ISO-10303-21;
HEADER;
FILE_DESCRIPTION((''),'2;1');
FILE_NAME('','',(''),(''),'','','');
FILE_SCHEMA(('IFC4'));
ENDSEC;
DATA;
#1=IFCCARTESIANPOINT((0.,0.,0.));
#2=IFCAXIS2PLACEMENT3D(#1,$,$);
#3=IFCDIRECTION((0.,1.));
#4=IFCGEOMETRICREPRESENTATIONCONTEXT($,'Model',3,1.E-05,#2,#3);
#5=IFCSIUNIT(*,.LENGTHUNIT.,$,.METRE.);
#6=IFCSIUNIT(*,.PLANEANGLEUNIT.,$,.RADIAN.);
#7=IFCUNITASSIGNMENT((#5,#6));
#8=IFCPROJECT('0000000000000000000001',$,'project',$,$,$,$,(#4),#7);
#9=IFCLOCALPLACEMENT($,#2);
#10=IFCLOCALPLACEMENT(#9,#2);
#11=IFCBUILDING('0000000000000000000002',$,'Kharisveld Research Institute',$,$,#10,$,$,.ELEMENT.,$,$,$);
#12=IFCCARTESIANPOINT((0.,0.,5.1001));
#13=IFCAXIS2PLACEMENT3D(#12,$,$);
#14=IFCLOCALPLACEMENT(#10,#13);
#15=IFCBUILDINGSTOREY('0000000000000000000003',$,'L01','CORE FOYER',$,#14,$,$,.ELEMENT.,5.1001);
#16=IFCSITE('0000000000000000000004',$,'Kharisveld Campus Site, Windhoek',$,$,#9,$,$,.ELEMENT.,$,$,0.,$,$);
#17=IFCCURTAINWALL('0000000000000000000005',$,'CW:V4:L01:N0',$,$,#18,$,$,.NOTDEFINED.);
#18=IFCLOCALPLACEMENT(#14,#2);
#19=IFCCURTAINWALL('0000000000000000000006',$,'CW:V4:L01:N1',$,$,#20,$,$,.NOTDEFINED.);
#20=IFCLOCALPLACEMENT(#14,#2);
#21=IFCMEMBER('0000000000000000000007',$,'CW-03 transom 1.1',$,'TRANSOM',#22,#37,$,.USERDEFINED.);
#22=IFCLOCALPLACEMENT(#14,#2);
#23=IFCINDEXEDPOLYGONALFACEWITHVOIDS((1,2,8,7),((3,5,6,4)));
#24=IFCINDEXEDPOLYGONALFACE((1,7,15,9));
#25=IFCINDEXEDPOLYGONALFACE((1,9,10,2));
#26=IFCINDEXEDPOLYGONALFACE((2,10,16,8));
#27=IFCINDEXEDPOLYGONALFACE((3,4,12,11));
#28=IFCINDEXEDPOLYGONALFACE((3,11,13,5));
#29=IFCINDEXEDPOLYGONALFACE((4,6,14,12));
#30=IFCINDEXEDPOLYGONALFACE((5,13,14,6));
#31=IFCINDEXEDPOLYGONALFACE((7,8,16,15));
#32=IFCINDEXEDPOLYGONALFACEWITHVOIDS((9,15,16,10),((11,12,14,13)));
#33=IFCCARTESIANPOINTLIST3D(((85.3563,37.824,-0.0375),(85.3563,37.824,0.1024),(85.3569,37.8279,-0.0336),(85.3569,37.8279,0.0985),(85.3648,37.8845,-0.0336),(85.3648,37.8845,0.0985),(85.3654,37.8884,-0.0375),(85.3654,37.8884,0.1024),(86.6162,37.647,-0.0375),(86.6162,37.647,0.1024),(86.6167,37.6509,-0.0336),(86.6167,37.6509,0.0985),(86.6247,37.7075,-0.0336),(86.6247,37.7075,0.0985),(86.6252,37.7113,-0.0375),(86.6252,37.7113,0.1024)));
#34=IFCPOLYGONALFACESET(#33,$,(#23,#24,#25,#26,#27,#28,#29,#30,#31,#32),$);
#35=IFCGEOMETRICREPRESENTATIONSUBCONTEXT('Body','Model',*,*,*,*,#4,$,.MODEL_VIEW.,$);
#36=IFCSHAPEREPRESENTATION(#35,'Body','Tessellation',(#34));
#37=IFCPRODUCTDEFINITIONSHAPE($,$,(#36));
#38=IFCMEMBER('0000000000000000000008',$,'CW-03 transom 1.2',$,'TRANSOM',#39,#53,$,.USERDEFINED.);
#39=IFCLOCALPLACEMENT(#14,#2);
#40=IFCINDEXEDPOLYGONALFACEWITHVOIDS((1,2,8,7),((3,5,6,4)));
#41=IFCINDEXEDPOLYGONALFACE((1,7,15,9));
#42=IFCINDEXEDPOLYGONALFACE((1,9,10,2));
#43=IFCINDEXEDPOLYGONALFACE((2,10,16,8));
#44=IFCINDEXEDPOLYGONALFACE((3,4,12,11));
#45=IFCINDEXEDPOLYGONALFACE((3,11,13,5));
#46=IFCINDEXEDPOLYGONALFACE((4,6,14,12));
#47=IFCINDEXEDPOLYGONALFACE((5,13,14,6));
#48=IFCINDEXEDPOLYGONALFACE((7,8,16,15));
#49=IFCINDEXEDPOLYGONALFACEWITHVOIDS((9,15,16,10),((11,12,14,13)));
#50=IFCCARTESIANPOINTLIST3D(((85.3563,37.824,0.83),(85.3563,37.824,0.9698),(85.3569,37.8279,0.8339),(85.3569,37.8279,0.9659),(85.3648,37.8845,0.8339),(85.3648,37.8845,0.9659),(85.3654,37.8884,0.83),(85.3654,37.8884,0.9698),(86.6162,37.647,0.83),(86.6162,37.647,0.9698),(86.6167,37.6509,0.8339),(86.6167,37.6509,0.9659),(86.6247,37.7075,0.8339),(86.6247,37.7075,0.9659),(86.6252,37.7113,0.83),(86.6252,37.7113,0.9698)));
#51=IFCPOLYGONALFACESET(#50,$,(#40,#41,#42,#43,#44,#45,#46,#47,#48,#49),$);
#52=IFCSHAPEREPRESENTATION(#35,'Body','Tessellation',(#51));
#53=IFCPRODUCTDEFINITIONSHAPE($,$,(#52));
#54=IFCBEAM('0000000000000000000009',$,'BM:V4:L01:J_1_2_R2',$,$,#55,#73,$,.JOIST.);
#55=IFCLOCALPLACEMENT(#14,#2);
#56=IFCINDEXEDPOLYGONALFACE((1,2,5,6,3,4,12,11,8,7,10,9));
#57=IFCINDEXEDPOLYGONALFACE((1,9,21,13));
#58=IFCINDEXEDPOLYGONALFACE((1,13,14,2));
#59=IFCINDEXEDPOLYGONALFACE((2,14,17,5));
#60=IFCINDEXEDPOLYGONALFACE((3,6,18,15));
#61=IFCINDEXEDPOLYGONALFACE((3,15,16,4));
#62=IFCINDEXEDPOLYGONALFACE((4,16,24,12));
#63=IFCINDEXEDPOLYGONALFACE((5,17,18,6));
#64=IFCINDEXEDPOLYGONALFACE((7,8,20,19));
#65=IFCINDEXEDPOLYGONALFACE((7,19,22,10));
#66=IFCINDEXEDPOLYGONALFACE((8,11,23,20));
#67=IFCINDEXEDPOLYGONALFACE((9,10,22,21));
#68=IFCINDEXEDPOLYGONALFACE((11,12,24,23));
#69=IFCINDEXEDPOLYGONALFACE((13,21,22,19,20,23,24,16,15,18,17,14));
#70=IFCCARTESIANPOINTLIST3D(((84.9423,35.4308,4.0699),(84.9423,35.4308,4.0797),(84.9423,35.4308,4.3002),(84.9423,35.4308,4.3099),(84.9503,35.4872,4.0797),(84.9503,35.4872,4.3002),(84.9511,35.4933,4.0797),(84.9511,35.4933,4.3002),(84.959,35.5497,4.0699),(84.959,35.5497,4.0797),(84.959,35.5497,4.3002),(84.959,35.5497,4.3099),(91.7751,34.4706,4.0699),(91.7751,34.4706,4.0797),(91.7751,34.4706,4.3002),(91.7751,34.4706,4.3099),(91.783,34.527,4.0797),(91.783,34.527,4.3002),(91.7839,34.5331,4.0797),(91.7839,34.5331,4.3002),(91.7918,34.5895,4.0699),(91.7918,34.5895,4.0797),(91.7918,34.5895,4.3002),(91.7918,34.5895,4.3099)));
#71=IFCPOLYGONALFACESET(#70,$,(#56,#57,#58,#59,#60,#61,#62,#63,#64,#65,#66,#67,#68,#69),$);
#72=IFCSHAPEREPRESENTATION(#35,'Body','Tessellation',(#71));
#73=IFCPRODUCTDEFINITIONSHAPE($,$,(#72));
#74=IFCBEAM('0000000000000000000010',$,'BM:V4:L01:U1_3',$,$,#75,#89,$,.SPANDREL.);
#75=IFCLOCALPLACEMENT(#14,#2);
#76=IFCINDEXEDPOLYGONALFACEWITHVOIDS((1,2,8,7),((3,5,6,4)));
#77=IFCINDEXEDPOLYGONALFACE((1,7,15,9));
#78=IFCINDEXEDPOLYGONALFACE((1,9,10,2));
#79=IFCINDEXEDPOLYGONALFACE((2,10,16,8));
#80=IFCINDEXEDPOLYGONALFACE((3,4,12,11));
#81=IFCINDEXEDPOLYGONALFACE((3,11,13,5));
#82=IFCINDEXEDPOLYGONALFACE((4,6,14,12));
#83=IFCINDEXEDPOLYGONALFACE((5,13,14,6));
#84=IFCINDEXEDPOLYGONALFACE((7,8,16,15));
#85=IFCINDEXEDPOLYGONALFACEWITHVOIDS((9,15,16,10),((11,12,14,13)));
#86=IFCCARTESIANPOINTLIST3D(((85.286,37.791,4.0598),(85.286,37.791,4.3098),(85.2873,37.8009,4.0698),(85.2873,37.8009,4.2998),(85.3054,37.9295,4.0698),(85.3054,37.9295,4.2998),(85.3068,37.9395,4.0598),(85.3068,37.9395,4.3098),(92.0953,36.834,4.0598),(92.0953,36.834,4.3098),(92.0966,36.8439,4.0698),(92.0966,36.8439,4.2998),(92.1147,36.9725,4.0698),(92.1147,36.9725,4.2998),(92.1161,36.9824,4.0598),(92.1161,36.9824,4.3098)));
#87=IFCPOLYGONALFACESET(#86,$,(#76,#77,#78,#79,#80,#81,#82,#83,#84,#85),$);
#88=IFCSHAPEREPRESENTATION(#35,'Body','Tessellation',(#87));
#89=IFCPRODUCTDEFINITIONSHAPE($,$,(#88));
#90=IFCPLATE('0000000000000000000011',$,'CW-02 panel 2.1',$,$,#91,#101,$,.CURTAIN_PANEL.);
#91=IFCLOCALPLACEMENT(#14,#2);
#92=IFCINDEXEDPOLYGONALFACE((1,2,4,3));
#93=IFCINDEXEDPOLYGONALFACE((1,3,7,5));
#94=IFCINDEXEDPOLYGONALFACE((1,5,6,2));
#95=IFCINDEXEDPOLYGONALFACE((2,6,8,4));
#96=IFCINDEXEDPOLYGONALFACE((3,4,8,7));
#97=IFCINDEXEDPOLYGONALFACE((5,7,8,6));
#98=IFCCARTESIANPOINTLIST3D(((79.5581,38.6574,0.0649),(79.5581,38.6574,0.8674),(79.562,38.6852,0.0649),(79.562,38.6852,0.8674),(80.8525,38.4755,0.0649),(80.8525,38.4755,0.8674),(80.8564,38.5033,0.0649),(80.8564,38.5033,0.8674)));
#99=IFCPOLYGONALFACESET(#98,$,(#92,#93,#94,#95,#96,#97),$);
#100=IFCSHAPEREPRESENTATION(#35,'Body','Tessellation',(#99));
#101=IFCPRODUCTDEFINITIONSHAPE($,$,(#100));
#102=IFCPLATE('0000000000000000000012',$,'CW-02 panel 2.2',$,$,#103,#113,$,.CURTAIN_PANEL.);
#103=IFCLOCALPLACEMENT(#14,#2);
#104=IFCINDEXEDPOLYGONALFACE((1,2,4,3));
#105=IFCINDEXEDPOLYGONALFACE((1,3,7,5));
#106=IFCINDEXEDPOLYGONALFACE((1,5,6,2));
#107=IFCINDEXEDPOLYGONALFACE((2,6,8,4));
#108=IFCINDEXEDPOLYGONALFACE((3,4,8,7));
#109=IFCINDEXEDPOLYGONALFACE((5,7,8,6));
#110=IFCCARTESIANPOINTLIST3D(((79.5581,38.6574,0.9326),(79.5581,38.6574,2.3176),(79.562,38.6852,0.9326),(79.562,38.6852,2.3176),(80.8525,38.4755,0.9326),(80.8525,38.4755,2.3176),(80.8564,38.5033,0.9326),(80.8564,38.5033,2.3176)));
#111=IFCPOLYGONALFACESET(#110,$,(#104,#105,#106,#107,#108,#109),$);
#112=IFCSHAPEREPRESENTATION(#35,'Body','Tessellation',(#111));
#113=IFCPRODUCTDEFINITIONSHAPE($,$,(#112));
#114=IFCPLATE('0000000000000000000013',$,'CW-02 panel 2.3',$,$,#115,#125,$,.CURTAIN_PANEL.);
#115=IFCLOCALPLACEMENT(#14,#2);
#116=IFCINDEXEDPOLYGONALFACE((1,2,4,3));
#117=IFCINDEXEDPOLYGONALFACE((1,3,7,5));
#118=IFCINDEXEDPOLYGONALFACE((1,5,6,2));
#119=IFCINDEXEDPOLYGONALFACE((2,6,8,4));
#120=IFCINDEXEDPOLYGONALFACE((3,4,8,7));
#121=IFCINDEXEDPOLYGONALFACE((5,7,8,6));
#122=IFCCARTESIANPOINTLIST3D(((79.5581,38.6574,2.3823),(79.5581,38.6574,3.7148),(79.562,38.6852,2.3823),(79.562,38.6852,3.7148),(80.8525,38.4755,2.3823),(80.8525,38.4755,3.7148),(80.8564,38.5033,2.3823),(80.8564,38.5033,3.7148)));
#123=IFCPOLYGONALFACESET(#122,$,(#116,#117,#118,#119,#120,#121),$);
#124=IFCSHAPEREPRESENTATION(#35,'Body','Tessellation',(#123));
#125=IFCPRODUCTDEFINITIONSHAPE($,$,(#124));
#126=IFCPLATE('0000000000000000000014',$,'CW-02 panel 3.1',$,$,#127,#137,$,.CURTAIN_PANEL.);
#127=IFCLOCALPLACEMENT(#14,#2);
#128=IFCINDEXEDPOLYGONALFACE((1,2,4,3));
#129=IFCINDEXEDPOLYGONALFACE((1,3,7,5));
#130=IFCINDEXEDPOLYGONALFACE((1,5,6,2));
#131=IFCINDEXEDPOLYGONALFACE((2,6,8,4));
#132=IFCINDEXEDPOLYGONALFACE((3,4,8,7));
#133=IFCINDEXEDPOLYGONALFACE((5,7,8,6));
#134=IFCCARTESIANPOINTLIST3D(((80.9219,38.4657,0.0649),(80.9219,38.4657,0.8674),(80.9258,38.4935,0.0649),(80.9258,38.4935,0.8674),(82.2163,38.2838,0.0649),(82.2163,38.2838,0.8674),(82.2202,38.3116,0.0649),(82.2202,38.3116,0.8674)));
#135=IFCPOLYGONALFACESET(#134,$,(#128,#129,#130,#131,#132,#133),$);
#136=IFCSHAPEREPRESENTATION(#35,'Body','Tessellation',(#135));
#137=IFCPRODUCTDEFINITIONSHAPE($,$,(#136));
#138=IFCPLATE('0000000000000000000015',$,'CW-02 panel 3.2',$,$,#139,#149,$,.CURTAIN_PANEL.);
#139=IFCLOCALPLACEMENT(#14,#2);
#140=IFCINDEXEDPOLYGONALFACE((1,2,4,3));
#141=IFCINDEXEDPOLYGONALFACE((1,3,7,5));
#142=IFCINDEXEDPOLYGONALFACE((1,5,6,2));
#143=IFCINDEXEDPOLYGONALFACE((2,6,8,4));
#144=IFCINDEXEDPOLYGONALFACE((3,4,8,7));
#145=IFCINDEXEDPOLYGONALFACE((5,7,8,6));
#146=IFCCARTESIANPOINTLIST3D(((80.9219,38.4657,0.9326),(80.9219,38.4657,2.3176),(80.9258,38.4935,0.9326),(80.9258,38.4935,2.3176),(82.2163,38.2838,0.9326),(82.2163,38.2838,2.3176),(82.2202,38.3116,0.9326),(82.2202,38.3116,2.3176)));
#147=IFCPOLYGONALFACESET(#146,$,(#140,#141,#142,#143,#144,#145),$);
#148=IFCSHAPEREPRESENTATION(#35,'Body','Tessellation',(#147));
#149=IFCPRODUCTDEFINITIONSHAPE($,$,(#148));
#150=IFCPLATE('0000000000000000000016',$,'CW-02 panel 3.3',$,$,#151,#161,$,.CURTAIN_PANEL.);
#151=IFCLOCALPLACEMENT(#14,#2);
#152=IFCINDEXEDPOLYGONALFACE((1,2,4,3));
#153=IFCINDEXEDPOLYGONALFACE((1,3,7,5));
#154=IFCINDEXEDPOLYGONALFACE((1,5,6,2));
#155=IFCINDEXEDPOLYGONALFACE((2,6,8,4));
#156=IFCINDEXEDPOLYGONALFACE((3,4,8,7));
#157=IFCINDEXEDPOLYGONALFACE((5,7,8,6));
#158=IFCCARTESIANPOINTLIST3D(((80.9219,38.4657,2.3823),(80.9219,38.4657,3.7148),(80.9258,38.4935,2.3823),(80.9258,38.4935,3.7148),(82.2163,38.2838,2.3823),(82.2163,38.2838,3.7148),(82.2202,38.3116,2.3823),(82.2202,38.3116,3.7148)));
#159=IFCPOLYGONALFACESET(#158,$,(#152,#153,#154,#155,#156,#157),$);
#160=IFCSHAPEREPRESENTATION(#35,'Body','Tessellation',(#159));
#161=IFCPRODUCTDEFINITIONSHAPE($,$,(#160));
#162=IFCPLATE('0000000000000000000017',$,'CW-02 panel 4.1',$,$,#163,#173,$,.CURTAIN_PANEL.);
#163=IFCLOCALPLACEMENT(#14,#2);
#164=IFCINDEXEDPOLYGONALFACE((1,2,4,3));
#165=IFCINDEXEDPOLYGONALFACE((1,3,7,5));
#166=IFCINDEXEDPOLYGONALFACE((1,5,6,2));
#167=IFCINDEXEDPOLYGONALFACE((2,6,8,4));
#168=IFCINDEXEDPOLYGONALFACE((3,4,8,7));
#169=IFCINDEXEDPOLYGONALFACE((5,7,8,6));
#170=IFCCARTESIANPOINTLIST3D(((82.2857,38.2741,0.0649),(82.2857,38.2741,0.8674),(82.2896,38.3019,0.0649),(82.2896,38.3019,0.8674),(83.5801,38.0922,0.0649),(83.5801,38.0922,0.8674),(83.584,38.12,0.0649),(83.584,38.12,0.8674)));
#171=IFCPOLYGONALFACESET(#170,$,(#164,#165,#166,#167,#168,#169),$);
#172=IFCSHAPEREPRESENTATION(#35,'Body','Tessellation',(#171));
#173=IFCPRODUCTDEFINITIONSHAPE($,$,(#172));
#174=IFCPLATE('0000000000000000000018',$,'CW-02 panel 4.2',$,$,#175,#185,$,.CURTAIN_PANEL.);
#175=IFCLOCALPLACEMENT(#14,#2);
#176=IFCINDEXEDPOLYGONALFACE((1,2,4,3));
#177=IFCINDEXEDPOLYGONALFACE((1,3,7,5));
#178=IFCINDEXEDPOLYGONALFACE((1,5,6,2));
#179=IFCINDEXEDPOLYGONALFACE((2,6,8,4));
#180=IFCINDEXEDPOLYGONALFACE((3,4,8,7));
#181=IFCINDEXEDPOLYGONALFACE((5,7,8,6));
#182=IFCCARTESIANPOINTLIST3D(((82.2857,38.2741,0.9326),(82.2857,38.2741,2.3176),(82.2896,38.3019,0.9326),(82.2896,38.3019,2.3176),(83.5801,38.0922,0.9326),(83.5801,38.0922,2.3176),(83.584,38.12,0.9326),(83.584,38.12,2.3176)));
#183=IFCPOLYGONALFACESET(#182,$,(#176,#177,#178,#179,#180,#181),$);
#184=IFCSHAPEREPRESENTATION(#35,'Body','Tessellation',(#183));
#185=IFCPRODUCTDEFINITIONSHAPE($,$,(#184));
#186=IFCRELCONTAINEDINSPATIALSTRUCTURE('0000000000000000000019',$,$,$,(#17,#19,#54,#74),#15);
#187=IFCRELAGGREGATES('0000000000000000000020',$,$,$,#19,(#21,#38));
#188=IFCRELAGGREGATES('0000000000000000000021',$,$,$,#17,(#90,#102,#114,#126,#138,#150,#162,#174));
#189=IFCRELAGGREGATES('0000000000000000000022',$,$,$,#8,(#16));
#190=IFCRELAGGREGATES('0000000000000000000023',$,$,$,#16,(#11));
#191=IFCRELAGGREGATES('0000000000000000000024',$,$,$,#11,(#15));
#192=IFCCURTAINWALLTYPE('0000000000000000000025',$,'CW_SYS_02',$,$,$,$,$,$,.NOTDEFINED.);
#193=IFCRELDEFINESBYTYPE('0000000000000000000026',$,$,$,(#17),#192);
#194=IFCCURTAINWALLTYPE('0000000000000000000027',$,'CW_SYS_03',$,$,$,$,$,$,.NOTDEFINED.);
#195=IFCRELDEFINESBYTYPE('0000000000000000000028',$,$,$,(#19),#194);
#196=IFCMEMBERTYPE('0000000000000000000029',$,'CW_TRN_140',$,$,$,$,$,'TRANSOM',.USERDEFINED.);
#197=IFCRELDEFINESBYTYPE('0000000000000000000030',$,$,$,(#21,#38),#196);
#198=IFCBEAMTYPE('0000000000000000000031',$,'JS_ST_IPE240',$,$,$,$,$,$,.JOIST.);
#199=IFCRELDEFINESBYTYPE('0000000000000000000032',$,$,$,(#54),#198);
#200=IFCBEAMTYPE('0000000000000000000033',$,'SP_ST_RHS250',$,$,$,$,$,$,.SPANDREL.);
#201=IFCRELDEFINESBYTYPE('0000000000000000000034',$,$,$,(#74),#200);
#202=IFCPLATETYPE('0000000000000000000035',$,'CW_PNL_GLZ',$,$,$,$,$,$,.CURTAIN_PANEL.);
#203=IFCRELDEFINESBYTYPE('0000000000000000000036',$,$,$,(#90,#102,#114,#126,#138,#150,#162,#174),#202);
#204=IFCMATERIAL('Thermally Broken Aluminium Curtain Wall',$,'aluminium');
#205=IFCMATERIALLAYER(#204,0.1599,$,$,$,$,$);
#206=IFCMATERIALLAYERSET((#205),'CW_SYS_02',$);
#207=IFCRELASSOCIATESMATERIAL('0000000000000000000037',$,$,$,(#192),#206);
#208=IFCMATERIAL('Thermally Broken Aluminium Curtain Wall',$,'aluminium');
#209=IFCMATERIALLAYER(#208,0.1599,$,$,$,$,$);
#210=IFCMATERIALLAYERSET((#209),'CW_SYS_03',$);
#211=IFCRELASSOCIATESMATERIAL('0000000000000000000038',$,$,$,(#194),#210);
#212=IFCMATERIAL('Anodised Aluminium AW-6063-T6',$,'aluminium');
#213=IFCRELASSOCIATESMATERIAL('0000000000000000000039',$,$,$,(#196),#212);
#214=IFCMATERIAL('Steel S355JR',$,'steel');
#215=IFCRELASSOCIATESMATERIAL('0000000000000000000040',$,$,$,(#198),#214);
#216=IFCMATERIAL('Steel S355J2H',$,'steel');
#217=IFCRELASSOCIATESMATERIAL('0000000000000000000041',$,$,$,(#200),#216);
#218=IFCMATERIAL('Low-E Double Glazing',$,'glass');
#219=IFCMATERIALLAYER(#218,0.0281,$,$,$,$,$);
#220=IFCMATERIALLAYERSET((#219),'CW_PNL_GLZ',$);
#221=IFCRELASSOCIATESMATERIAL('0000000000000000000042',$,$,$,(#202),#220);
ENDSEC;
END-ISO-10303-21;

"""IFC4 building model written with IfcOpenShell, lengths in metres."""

from ifc_helpers import new_model, si_unit, direction, frame, origin, origin_2d, place, context, subcontext, project, spatial, rectangle, hollow_rectangle, i_section, extrude, material, layer, layer_set, material_profile, profile_set, type_object, element, aggregate, save


model = new_model("IFC4")

# Units and contexts
model_context = context("Model", 3, precision=1e-05, world=origin(), true_north=direction((0.0, 1.0)))
body_context = subcontext(model_context, "Body", "Model", "MODEL_VIEW")
ifc_project = project(units=[si_unit("LENGTHUNIT", "METRE"), si_unit("PLANEANGLEUNIT", "RADIAN")], contexts=[model_context])

# Site, building, storey
site_placement = place(None, origin())
site = spatial("IfcSite", under=ifc_project, at=site_placement, Name="Kharisveld Campus Site, Windhoek", CompositionType="ELEMENT", RefElevation=0.0)
building_placement = place(site_placement, origin())
building = spatial("IfcBuilding", under=site, at=building_placement, Name="Kharisveld Research Institute", CompositionType="ELEMENT")
storey_placement = place(building_placement, frame((0.0, 0.0, 5.1001)))
storey = spatial("IfcBuildingStorey", under=building, at=storey_placement, Name="L01", Description="CORE FOYER", CompositionType="ELEMENT", Elevation=5.1001)

# Curtain wall
ifc_material_1 = material(Name="Thermally Broken Aluminium Curtain Wall", Category="aluminium")
ifc_layer_1 = layer(ifc_material_1, 0.1599)
ifc_layer_set_1 = layer_set([ifc_layer_1], Name="CW_SYS_02")
curtain_wall_type_1 = type_object("IfcCurtainWallType", Name="CW_SYS_02", PredefinedType="NOTDEFINED", material=ifc_layer_set_1)
curtain_wall_1_placement = place(storey_placement, origin())
curtain_wall_1 = element("IfcCurtainWall", 1, at=curtain_wall_1_placement, inside=storey, type_object=curtain_wall_type_1, Name="CW:V4:L01:N0", PredefinedType="NOTDEFINED")

# Curtain wall
ifc_material_2 = material(Name="Thermally Broken Aluminium Curtain Wall", Category="aluminium")
ifc_layer_2 = layer(ifc_material_2, 0.1599)
ifc_layer_set_2 = layer_set([ifc_layer_2], Name="CW_SYS_03")
curtain_wall_type_2 = type_object("IfcCurtainWallType", Name="CW_SYS_03", PredefinedType="NOTDEFINED", material=ifc_layer_set_2)
curtain_wall_2_placement = place(storey_placement, origin())
curtain_wall_2 = element("IfcCurtainWall", 2, at=curtain_wall_2_placement, inside=storey, type_object=curtain_wall_type_2, Name="CW:V4:L01:N1", PredefinedType="NOTDEFINED")

# Members
ifc_material_3 = material(Name="Anodised Aluminium AW-6063-T6", Category="aluminium")
ifc_material_profile_1 = material_profile(ifc_material_3, hollow_rectangle(XDim=0.0649, YDim=0.1399, WallThickness=0.0039, at=origin_2d()))
ifc_profile_set_1 = profile_set([ifc_material_profile_1], Name="Anodised Aluminium AW-6063-T6")
member_type_1 = type_object("IfcMemberType", Name="CW_TRN_140", ElementType="TRANSOM", PredefinedType="USERDEFINED", material=ifc_profile_set_1)
member_1_placement = place(storey_placement, frame((85.3608, 37.8562, 0.0325), z_axis=(0.990273, -0.139137, 0.0), x_axis=(0.139137, 0.990273, 0.0)))
member_1 = element("IfcMember", 3, at=member_1_placement, type_object=member_type_1, Name="CW-03 transom 1.1", ObjectType="TRANSOM", PredefinedType="USERDEFINED", context=body_context, shape_type="SweptSolid", body=[
    extrude(hollow_rectangle(XDim=0.0649, YDim=0.1399, WallThickness=0.0039, at=origin_2d()), origin(), (0.0, 0.0, 1.0), 1.2722),
])
member_2_placement = place(storey_placement, frame((85.3608, 37.8562, 0.8999), z_axis=(0.990273, -0.139137, 0.0), x_axis=(0.139137, 0.990273, 0.0)))
member_2 = element("IfcMember", 4, at=member_2_placement, type_object=member_type_1, Name="CW-03 transom 1.2", ObjectType="TRANSOM", PredefinedType="USERDEFINED", context=body_context, shape_type="SweptSolid", body=[
    extrude(hollow_rectangle(XDim=0.0649, YDim=0.1399, WallThickness=0.0039, at=origin_2d()), origin(), (0.0, 0.0, 1.0), 1.2722),
])
aggregate(curtain_wall_2, [member_1, member_2])

# Beams
ifc_material_4 = material(Name="Steel S355JR", Category="steel")
ifc_material_profile_2 = material_profile(ifc_material_4, i_section(OverallWidth=0.1201, OverallDepth=0.24, WebThickness=0.0061, FlangeThickness=0.0098, at=origin_2d()))
ifc_profile_set_2 = profile_set([ifc_material_profile_2], Name="Steel S355JR")
beam_type_1 = type_object("IfcBeamType", Name="JS_ST_IPE240", PredefinedType="JOIST", material=ifc_profile_set_2)
beam_1_placement = place(storey_placement, frame((84.9507, 35.4902, 4.1899), z_axis=(0.99027, -0.139162, 0.0), x_axis=(0.139162, 0.99027, 0.0)))
element("IfcBeam", 5, at=beam_1_placement, inside=storey, type_object=beam_type_1, Name="BM:V4:L01:J_1_2_R2", PredefinedType="JOIST", context=body_context, shape_type="SweptSolid", body=[
    extrude(i_section(OverallWidth=0.1201, OverallDepth=0.24, WebThickness=0.0061, FlangeThickness=0.0098, at=origin_2d()), origin(), (0.0, 0.0, 1.0), 6.8999),
])
ifc_material_5 = material(Name="Steel S355J2H", Category="steel")
ifc_material_profile_3 = material_profile(ifc_material_5, hollow_rectangle(XDim=0.1499, YDim=0.25, WallThickness=0.01, at=origin_2d()))
ifc_profile_set_3 = profile_set([ifc_material_profile_3], Name="Steel S355J2H")
beam_type_2 = type_object("IfcBeamType", Name="SP_ST_RHS250", PredefinedType="SPANDREL", material=ifc_profile_set_3)
beam_2_placement = place(storey_placement, frame((85.2964, 37.8652, 4.1848), z_axis=(0.990267, -0.139179, 0.0), x_axis=(0.139179, 0.990267, 0.0)))
element("IfcBeam", 6, at=beam_2_placement, inside=storey, type_object=beam_type_2, Name="BM:V4:L01:U1_3", PredefinedType="SPANDREL", context=body_context, shape_type="SweptSolid", body=[
    extrude(hollow_rectangle(XDim=0.1499, YDim=0.25, WallThickness=0.01, at=origin_2d()), origin(), (0.0, 0.0, 1.0), 6.8762),
])

# Plates
ifc_material_6 = material(Name="Low-E Double Glazing", Category="glass")
ifc_layer_3 = layer(ifc_material_6, 0.0281)
ifc_layer_set_3 = layer_set([ifc_layer_3], Name="CW_PNL_GLZ")
plate_type = type_object("IfcPlateType", Name="CW_PNL_GLZ", PredefinedType="CURTAIN_PANEL", material=ifc_layer_set_3)
plate_1_placement = place(storey_placement, frame((80.2073, 38.5803, 0.0649), z_axis=(0.0, 0.0, 1.0), x_axis=(0.990268, -0.139173, 0.0)))
plate_1 = element("IfcPlate", 7, at=plate_1_placement, type_object=plate_type, Name="CW-02 panel 2.1", PredefinedType="CURTAIN_PANEL", context=body_context, shape_type="SweptSolid", body=[
    extrude(rectangle(XDim=1.3071, YDim=0.0281, at=origin_2d()), origin(), (0.0, 0.0, 1.0), 0.8025),
])
plate_2_placement = place(storey_placement, frame((80.2073, 38.5803, 0.9326), z_axis=(0.0, 0.0, 1.0), x_axis=(0.990268, -0.139173, 0.0)))
plate_2 = element("IfcPlate", 8, at=plate_2_placement, type_object=plate_type, Name="CW-02 panel 2.2", PredefinedType="CURTAIN_PANEL", context=body_context, shape_type="SweptSolid", body=[
    extrude(rectangle(XDim=1.3071, YDim=0.0281, at=origin_2d()), origin(), (0.0, 0.0, 1.0), 1.385),
])
plate_3_placement = place(storey_placement, frame((80.2073, 38.5803, 2.3823), z_axis=(0.0, 0.0, 1.0), x_axis=(0.990268, -0.139173, 0.0)))
plate_3 = element("IfcPlate", 9, at=plate_3_placement, type_object=plate_type, Name="CW-02 panel 2.3", PredefinedType="CURTAIN_PANEL", context=body_context, shape_type="SweptSolid", body=[
    extrude(rectangle(XDim=1.3071, YDim=0.0281, at=origin_2d()), origin(), (0.0, 0.0, 1.0), 1.3325),
])
plate_4_placement = place(storey_placement, frame((81.571, 38.3887, 0.0649), z_axis=(0.0, 0.0, 1.0), x_axis=(0.990268, -0.139173, 0.0)))
plate_4 = element("IfcPlate", 10, at=plate_4_placement, type_object=plate_type, Name="CW-02 panel 3.1", PredefinedType="CURTAIN_PANEL", context=body_context, shape_type="SweptSolid", body=[
    extrude(rectangle(XDim=1.3071, YDim=0.0281, at=origin_2d()), origin(), (0.0, 0.0, 1.0), 0.8025),
])
plate_5_placement = place(storey_placement, frame((81.571, 38.3887, 0.9326), z_axis=(0.0, 0.0, 1.0), x_axis=(0.990268, -0.139173, 0.0)))
plate_5 = element("IfcPlate", 11, at=plate_5_placement, type_object=plate_type, Name="CW-02 panel 3.2", PredefinedType="CURTAIN_PANEL", context=body_context, shape_type="SweptSolid", body=[
    extrude(rectangle(XDim=1.3071, YDim=0.0281, at=origin_2d()), origin(), (0.0, 0.0, 1.0), 1.385),
])
plate_6_placement = place(storey_placement, frame((81.571, 38.3887, 2.3823), z_axis=(0.0, 0.0, 1.0), x_axis=(0.990268, -0.139173, 0.0)))
plate_6 = element("IfcPlate", 12, at=plate_6_placement, type_object=plate_type, Name="CW-02 panel 3.3", PredefinedType="CURTAIN_PANEL", context=body_context, shape_type="SweptSolid", body=[
    extrude(rectangle(XDim=1.3071, YDim=0.0281, at=origin_2d()), origin(), (0.0, 0.0, 1.0), 1.3325),
])
plate_7_placement = place(storey_placement, frame((82.9348, 38.197, 0.0649), z_axis=(0.0, 0.0, 1.0), x_axis=(0.990268, -0.139173, 0.0)))
plate_7 = element("IfcPlate", 13, at=plate_7_placement, type_object=plate_type, Name="CW-02 panel 4.1", PredefinedType="CURTAIN_PANEL", context=body_context, shape_type="SweptSolid", body=[
    extrude(rectangle(XDim=1.3071, YDim=0.0281, at=origin_2d()), origin(), (0.0, 0.0, 1.0), 0.8025),
])
plate_8_placement = place(storey_placement, frame((82.9348, 38.197, 0.9326), z_axis=(0.0, 0.0, 1.0), x_axis=(0.990268, -0.139173, 0.0)))
plate_8 = element("IfcPlate", 14, at=plate_8_placement, type_object=plate_type, Name="CW-02 panel 4.2", PredefinedType="CURTAIN_PANEL", context=body_context, shape_type="SweptSolid", body=[
    extrude(rectangle(XDim=1.3071, YDim=0.0281, at=origin_2d()), origin(), (0.0, 0.0, 1.0), 1.385),
])
aggregate(curtain_wall_1, [plate_1, plate_2, plate_3, plate_4, plate_5, plate_6, plate_7, plate_8])

save(model, "model.ifc")
